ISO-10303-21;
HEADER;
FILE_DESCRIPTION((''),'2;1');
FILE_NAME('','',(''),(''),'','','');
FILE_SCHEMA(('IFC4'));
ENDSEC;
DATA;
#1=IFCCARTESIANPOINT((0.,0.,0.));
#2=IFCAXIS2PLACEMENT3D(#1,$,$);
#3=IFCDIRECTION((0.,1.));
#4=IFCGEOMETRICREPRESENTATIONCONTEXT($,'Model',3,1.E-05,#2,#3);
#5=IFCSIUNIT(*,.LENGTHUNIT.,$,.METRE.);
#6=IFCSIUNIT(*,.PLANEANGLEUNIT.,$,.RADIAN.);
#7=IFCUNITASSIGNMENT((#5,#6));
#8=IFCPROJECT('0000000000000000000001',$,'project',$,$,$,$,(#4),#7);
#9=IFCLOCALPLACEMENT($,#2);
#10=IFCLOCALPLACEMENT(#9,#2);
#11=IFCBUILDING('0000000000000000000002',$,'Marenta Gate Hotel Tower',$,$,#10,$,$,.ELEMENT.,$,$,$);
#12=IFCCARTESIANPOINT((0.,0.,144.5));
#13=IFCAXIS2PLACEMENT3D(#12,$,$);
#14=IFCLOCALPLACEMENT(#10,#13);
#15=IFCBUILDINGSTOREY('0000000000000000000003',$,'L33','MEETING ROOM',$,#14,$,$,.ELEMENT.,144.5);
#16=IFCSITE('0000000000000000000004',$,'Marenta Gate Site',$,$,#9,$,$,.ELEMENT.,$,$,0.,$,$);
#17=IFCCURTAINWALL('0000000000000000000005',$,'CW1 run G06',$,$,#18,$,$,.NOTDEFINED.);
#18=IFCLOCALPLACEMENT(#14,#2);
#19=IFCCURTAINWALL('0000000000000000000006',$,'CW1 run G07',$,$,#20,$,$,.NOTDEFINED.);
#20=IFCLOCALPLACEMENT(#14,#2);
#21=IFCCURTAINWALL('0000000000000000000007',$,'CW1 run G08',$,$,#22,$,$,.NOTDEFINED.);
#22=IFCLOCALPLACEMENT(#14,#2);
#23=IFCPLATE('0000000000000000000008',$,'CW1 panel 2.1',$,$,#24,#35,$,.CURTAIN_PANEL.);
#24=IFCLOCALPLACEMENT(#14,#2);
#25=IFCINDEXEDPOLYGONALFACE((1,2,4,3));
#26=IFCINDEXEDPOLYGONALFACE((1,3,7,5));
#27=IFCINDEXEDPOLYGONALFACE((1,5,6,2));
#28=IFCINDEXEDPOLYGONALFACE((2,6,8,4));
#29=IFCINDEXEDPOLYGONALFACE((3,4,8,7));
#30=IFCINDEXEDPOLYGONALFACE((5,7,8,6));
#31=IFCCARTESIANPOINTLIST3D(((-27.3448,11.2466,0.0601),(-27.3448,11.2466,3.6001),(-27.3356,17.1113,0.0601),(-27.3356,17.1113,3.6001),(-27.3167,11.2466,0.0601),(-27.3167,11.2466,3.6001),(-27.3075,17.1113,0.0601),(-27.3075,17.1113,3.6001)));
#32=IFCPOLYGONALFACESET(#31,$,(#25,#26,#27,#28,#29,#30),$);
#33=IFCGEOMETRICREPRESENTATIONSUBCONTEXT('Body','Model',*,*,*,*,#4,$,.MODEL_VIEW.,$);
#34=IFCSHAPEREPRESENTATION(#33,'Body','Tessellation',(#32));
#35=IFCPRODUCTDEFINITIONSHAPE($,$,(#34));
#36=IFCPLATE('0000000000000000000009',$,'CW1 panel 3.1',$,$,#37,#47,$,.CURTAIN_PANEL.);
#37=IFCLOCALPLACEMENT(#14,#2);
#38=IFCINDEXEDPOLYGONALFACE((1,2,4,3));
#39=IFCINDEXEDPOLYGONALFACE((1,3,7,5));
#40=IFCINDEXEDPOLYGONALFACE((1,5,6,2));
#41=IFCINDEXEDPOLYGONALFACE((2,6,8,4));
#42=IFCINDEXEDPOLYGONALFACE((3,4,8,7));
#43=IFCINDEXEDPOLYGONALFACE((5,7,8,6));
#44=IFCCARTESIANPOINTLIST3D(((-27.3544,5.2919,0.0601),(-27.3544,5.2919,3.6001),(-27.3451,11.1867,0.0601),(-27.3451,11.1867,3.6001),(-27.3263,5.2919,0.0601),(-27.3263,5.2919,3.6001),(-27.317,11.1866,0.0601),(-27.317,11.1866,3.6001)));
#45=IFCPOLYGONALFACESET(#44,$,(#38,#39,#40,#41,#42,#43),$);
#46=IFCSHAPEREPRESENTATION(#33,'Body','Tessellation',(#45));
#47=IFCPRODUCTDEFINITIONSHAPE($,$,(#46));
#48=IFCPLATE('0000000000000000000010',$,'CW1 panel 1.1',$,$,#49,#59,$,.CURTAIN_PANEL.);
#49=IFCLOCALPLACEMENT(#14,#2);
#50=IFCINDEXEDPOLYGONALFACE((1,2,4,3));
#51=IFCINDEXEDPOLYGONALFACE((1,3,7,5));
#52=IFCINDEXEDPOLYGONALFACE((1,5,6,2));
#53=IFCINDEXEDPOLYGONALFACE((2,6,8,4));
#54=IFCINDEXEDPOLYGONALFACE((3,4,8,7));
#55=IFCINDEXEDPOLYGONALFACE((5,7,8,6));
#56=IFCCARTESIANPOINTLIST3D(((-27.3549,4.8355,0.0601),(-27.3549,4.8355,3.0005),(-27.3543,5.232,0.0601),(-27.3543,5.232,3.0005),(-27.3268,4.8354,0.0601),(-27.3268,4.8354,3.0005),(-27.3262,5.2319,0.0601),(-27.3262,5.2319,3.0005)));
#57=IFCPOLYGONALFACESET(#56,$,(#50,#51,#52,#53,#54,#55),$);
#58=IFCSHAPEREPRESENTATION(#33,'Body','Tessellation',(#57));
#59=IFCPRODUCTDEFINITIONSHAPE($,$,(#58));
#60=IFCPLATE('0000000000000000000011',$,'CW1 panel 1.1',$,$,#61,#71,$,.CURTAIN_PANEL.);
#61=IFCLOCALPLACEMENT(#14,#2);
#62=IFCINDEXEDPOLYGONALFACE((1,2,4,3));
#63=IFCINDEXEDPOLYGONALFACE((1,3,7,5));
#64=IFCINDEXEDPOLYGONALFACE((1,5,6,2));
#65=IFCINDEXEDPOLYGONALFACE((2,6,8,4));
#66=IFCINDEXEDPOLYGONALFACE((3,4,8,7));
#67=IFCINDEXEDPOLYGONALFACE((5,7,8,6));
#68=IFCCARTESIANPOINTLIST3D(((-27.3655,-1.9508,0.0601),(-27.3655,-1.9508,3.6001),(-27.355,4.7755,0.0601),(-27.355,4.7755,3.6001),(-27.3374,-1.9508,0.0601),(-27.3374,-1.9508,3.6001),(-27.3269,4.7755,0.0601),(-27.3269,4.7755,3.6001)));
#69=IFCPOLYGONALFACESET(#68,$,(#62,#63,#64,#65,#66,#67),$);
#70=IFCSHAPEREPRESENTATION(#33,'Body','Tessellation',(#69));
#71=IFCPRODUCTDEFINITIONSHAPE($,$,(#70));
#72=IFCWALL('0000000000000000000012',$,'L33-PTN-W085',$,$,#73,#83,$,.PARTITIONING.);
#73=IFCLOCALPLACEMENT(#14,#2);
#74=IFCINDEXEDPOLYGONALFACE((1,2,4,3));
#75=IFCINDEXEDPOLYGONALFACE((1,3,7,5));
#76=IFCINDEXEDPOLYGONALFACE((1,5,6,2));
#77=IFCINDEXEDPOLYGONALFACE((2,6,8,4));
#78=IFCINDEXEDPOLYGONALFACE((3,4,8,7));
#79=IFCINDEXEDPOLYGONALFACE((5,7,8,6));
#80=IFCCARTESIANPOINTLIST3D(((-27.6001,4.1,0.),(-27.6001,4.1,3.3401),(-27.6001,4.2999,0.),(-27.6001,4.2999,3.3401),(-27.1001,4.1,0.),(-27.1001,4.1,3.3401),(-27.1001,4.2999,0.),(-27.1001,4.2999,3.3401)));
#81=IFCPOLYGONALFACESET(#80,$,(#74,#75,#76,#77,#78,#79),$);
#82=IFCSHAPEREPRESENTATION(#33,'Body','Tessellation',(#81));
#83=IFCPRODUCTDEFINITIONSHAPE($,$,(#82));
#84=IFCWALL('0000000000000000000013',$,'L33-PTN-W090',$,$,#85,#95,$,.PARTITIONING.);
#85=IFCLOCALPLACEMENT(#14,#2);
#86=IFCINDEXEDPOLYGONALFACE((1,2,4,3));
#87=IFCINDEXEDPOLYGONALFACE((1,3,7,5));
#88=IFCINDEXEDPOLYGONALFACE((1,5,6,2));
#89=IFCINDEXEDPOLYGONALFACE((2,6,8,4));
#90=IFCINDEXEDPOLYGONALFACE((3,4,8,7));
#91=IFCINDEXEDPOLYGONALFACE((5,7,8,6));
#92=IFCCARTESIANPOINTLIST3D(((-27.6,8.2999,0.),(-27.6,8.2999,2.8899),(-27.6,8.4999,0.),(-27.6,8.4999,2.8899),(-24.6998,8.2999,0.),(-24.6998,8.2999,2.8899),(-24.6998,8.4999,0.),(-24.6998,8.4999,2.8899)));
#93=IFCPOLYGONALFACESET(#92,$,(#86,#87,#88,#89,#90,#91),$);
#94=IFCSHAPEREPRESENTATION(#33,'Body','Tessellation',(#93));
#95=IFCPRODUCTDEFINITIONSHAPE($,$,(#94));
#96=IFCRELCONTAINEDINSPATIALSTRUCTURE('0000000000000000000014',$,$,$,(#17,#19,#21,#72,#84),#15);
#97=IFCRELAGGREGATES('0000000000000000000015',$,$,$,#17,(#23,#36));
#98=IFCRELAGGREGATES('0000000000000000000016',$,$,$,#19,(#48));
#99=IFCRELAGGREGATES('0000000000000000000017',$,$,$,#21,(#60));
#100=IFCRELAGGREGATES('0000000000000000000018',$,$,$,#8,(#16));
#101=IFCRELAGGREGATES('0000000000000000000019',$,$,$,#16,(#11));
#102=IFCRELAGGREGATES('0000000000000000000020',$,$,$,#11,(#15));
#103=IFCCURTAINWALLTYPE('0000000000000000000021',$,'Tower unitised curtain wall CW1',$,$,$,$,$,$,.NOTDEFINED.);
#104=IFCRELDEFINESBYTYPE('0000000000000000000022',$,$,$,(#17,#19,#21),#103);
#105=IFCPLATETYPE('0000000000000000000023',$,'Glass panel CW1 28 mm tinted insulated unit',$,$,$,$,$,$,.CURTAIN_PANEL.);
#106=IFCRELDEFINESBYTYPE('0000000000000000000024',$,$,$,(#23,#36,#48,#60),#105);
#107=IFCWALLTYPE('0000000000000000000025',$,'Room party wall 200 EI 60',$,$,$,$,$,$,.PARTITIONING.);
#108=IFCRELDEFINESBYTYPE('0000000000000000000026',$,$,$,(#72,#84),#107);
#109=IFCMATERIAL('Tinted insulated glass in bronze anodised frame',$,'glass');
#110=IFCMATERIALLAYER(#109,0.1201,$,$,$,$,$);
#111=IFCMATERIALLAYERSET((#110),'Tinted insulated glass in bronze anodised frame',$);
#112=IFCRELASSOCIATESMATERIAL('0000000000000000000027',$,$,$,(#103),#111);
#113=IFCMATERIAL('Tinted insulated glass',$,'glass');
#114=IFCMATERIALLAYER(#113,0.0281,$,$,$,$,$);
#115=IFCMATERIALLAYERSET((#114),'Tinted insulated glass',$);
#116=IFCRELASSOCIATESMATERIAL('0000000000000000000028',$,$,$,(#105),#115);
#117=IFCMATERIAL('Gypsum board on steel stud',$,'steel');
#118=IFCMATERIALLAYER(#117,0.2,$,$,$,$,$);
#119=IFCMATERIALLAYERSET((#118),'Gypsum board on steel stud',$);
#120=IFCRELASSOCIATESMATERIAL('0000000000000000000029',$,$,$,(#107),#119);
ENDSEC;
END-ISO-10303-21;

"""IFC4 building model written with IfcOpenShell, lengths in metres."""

from ifc_helpers import new_model, si_unit, direction, frame, frame_2d, origin, origin_2d, place, context, subcontext, project, spatial, rectangle, extrude, material, layer, layer_set, type_object, element, aggregate, save


model = new_model("IFC4")

# Units and contexts
model_context = context("Model", 3, precision=1e-05, world=origin(), true_north=direction((0.0, 1.0)))
body_context = subcontext(model_context, "Body", "Model", "MODEL_VIEW")
ifc_project = project(units=[si_unit("LENGTHUNIT", "METRE"), si_unit("PLANEANGLEUNIT", "RADIAN")], contexts=[model_context])

# Site, building, storey
site_placement = place(None, origin())
site = spatial("IfcSite", under=ifc_project, at=site_placement, Name="Marenta Gate Site", CompositionType="ELEMENT", RefElevation=0.0)
building_placement = place(site_placement, origin())
building = spatial("IfcBuilding", under=site, at=building_placement, Name="Marenta Gate Hotel Tower", CompositionType="ELEMENT")
storey_placement = place(building_placement, frame((0.0, 0.0, 144.5)))
storey = spatial("IfcBuildingStorey", under=building, at=storey_placement, Name="L33", Description="MEETING ROOM", CompositionType="ELEMENT", Elevation=144.5)

# Curtain walls
ifc_material_1 = material(Name="Tinted insulated glass in bronze anodised frame", Category="glass")
ifc_layer_1 = layer(ifc_material_1, 0.1201)
ifc_layer_set_1 = layer_set([ifc_layer_1], Name="Tinted insulated glass in bronze anodised frame")
curtain_wall_type = type_object("IfcCurtainWallType", Name="Tower unitised curtain wall CW1", PredefinedType="NOTDEFINED", material=ifc_layer_set_1)
curtain_wall_1_placement = place(storey_placement, origin())
curtain_wall_1 = element("IfcCurtainWall", 1, at=curtain_wall_1_placement, inside=storey, type_object=curtain_wall_type, Name="CW1 run G06", PredefinedType="NOTDEFINED")
curtain_wall_2_placement = place(storey_placement, origin())
curtain_wall_2 = element("IfcCurtainWall", 2, at=curtain_wall_2_placement, inside=storey, type_object=curtain_wall_type, Name="CW1 run G07", PredefinedType="NOTDEFINED")
curtain_wall_3_placement = place(storey_placement, origin())
curtain_wall_3 = element("IfcCurtainWall", 3, at=curtain_wall_3_placement, inside=storey, type_object=curtain_wall_type, Name="CW1 run G08", PredefinedType="NOTDEFINED")

# Plates
ifc_material_2 = material(Name="Tinted insulated glass", Category="glass")
ifc_layer_2 = layer(ifc_material_2, 0.0281)
ifc_layer_set_2 = layer_set([ifc_layer_2], Name="Tinted insulated glass")
plate_type = type_object("IfcPlateType", Name="Glass panel CW1 28 mm tinted insulated unit", PredefinedType="CURTAIN_PANEL", material=ifc_layer_set_2)
plate_1_placement = place(storey_placement, frame((-27.3262, 14.179, 0.0601), z_axis=(0.0, 0.0, 1.0), x_axis=(-0.00157, -0.999999, 0.0)))
plate_1 = element("IfcPlate", 4, at=plate_1_placement, type_object=plate_type, Name="CW1 panel 2.1", PredefinedType="CURTAIN_PANEL", context=body_context, shape_type="SweptSolid", body=[
    extrude(rectangle(XDim=5.8647, YDim=0.0281, at=origin_2d()), origin(), (0.0, 0.0, 1.0), 3.54),
])
plate_2_placement = place(storey_placement, frame((-27.3357, 8.2393, 0.0601), z_axis=(0.0, 0.0, 1.0), x_axis=(-0.00157, -0.999999, 0.0)))
plate_2 = element("IfcPlate", 5, at=plate_2_placement, type_object=plate_type, Name="CW1 panel 3.1", PredefinedType="CURTAIN_PANEL", context=body_context, shape_type="SweptSolid", body=[
    extrude(rectangle(XDim=5.8948, YDim=0.0281, at=origin_2d()), origin(), (0.0, 0.0, 1.0), 3.54),
])
aggregate(curtain_wall_1, [plate_1, plate_2])
plate_3_placement = place(storey_placement, frame((-27.3406, 5.0337, 0.0601), z_axis=(0.0, 0.0, 1.0), x_axis=(-0.001533, -0.999999, 0.0)))
plate_3 = element("IfcPlate", 6, at=plate_3_placement, type_object=plate_type, Name="CW1 panel 1.1", PredefinedType="CURTAIN_PANEL", context=body_context, shape_type="SweptSolid", body=[
    extrude(rectangle(XDim=0.3965, YDim=0.0281, at=origin_2d()), origin(), (0.0, 0.0, 1.0), 2.9404),
])
aggregate(curtain_wall_2, [plate_3])
plate_4_placement = place(storey_placement, frame((-27.3462, 1.4124, 0.0601), z_axis=(0.0, 0.0, 1.0), x_axis=(-0.001565, -0.999999, 0.0)))
plate_4 = element("IfcPlate", 7, at=plate_4_placement, type_object=plate_type, Name="CW1 panel 1.1", PredefinedType="CURTAIN_PANEL", context=body_context, shape_type="SweptSolid", body=[
    extrude(rectangle(XDim=6.7263, YDim=0.0281, at=origin_2d()), origin(), (0.0, 0.0, 1.0), 3.54),
])
aggregate(curtain_wall_3, [plate_4])

# Walls
ifc_material_3 = material(Name="Gypsum board on steel stud", Category="steel")
ifc_layer_3 = layer(ifc_material_3, 0.2)
ifc_layer_set_3 = layer_set([ifc_layer_3], Name="Gypsum board on steel stud")
wall_type = type_object("IfcWallType", Name="Room party wall 200 EI 60", PredefinedType="PARTITIONING", material=ifc_layer_set_3)
wall_1_placement = place(storey_placement, frame((-27.6001, 4.2, 0.0), z_axis=(0.0, 0.0, 1.0), x_axis=(1.0, 0.0, 0.0)))
element("IfcWall", 8, at=wall_1_placement, inside=storey, type_object=wall_type, Name="L33-PTN-W085", PredefinedType="PARTITIONING", context=body_context, shape_type="SweptSolid", body=[
    extrude(rectangle(XDim=0.5, YDim=0.2, at=frame_2d((0.25, 0.0))), origin(), (0.0, 0.0, 1.0), 3.3401),
])
wall_2_placement = place(storey_placement, frame((-27.6001, 8.3999, 0.0), z_axis=(0.0, 0.0, 1.0), x_axis=(1.0, 0.0, 0.0)))
element("IfcWall", 9, at=wall_2_placement, inside=storey, type_object=wall_type, Name="L33-PTN-W090", PredefinedType="PARTITIONING", context=body_context, shape_type="SweptSolid", body=[
    extrude(rectangle(XDim=2.9001, YDim=0.2, at=frame_2d((1.4502, 0.0))), origin(), (0.0, 0.0, 1.0), 2.8899),
])

save(model, "model.ifc")
